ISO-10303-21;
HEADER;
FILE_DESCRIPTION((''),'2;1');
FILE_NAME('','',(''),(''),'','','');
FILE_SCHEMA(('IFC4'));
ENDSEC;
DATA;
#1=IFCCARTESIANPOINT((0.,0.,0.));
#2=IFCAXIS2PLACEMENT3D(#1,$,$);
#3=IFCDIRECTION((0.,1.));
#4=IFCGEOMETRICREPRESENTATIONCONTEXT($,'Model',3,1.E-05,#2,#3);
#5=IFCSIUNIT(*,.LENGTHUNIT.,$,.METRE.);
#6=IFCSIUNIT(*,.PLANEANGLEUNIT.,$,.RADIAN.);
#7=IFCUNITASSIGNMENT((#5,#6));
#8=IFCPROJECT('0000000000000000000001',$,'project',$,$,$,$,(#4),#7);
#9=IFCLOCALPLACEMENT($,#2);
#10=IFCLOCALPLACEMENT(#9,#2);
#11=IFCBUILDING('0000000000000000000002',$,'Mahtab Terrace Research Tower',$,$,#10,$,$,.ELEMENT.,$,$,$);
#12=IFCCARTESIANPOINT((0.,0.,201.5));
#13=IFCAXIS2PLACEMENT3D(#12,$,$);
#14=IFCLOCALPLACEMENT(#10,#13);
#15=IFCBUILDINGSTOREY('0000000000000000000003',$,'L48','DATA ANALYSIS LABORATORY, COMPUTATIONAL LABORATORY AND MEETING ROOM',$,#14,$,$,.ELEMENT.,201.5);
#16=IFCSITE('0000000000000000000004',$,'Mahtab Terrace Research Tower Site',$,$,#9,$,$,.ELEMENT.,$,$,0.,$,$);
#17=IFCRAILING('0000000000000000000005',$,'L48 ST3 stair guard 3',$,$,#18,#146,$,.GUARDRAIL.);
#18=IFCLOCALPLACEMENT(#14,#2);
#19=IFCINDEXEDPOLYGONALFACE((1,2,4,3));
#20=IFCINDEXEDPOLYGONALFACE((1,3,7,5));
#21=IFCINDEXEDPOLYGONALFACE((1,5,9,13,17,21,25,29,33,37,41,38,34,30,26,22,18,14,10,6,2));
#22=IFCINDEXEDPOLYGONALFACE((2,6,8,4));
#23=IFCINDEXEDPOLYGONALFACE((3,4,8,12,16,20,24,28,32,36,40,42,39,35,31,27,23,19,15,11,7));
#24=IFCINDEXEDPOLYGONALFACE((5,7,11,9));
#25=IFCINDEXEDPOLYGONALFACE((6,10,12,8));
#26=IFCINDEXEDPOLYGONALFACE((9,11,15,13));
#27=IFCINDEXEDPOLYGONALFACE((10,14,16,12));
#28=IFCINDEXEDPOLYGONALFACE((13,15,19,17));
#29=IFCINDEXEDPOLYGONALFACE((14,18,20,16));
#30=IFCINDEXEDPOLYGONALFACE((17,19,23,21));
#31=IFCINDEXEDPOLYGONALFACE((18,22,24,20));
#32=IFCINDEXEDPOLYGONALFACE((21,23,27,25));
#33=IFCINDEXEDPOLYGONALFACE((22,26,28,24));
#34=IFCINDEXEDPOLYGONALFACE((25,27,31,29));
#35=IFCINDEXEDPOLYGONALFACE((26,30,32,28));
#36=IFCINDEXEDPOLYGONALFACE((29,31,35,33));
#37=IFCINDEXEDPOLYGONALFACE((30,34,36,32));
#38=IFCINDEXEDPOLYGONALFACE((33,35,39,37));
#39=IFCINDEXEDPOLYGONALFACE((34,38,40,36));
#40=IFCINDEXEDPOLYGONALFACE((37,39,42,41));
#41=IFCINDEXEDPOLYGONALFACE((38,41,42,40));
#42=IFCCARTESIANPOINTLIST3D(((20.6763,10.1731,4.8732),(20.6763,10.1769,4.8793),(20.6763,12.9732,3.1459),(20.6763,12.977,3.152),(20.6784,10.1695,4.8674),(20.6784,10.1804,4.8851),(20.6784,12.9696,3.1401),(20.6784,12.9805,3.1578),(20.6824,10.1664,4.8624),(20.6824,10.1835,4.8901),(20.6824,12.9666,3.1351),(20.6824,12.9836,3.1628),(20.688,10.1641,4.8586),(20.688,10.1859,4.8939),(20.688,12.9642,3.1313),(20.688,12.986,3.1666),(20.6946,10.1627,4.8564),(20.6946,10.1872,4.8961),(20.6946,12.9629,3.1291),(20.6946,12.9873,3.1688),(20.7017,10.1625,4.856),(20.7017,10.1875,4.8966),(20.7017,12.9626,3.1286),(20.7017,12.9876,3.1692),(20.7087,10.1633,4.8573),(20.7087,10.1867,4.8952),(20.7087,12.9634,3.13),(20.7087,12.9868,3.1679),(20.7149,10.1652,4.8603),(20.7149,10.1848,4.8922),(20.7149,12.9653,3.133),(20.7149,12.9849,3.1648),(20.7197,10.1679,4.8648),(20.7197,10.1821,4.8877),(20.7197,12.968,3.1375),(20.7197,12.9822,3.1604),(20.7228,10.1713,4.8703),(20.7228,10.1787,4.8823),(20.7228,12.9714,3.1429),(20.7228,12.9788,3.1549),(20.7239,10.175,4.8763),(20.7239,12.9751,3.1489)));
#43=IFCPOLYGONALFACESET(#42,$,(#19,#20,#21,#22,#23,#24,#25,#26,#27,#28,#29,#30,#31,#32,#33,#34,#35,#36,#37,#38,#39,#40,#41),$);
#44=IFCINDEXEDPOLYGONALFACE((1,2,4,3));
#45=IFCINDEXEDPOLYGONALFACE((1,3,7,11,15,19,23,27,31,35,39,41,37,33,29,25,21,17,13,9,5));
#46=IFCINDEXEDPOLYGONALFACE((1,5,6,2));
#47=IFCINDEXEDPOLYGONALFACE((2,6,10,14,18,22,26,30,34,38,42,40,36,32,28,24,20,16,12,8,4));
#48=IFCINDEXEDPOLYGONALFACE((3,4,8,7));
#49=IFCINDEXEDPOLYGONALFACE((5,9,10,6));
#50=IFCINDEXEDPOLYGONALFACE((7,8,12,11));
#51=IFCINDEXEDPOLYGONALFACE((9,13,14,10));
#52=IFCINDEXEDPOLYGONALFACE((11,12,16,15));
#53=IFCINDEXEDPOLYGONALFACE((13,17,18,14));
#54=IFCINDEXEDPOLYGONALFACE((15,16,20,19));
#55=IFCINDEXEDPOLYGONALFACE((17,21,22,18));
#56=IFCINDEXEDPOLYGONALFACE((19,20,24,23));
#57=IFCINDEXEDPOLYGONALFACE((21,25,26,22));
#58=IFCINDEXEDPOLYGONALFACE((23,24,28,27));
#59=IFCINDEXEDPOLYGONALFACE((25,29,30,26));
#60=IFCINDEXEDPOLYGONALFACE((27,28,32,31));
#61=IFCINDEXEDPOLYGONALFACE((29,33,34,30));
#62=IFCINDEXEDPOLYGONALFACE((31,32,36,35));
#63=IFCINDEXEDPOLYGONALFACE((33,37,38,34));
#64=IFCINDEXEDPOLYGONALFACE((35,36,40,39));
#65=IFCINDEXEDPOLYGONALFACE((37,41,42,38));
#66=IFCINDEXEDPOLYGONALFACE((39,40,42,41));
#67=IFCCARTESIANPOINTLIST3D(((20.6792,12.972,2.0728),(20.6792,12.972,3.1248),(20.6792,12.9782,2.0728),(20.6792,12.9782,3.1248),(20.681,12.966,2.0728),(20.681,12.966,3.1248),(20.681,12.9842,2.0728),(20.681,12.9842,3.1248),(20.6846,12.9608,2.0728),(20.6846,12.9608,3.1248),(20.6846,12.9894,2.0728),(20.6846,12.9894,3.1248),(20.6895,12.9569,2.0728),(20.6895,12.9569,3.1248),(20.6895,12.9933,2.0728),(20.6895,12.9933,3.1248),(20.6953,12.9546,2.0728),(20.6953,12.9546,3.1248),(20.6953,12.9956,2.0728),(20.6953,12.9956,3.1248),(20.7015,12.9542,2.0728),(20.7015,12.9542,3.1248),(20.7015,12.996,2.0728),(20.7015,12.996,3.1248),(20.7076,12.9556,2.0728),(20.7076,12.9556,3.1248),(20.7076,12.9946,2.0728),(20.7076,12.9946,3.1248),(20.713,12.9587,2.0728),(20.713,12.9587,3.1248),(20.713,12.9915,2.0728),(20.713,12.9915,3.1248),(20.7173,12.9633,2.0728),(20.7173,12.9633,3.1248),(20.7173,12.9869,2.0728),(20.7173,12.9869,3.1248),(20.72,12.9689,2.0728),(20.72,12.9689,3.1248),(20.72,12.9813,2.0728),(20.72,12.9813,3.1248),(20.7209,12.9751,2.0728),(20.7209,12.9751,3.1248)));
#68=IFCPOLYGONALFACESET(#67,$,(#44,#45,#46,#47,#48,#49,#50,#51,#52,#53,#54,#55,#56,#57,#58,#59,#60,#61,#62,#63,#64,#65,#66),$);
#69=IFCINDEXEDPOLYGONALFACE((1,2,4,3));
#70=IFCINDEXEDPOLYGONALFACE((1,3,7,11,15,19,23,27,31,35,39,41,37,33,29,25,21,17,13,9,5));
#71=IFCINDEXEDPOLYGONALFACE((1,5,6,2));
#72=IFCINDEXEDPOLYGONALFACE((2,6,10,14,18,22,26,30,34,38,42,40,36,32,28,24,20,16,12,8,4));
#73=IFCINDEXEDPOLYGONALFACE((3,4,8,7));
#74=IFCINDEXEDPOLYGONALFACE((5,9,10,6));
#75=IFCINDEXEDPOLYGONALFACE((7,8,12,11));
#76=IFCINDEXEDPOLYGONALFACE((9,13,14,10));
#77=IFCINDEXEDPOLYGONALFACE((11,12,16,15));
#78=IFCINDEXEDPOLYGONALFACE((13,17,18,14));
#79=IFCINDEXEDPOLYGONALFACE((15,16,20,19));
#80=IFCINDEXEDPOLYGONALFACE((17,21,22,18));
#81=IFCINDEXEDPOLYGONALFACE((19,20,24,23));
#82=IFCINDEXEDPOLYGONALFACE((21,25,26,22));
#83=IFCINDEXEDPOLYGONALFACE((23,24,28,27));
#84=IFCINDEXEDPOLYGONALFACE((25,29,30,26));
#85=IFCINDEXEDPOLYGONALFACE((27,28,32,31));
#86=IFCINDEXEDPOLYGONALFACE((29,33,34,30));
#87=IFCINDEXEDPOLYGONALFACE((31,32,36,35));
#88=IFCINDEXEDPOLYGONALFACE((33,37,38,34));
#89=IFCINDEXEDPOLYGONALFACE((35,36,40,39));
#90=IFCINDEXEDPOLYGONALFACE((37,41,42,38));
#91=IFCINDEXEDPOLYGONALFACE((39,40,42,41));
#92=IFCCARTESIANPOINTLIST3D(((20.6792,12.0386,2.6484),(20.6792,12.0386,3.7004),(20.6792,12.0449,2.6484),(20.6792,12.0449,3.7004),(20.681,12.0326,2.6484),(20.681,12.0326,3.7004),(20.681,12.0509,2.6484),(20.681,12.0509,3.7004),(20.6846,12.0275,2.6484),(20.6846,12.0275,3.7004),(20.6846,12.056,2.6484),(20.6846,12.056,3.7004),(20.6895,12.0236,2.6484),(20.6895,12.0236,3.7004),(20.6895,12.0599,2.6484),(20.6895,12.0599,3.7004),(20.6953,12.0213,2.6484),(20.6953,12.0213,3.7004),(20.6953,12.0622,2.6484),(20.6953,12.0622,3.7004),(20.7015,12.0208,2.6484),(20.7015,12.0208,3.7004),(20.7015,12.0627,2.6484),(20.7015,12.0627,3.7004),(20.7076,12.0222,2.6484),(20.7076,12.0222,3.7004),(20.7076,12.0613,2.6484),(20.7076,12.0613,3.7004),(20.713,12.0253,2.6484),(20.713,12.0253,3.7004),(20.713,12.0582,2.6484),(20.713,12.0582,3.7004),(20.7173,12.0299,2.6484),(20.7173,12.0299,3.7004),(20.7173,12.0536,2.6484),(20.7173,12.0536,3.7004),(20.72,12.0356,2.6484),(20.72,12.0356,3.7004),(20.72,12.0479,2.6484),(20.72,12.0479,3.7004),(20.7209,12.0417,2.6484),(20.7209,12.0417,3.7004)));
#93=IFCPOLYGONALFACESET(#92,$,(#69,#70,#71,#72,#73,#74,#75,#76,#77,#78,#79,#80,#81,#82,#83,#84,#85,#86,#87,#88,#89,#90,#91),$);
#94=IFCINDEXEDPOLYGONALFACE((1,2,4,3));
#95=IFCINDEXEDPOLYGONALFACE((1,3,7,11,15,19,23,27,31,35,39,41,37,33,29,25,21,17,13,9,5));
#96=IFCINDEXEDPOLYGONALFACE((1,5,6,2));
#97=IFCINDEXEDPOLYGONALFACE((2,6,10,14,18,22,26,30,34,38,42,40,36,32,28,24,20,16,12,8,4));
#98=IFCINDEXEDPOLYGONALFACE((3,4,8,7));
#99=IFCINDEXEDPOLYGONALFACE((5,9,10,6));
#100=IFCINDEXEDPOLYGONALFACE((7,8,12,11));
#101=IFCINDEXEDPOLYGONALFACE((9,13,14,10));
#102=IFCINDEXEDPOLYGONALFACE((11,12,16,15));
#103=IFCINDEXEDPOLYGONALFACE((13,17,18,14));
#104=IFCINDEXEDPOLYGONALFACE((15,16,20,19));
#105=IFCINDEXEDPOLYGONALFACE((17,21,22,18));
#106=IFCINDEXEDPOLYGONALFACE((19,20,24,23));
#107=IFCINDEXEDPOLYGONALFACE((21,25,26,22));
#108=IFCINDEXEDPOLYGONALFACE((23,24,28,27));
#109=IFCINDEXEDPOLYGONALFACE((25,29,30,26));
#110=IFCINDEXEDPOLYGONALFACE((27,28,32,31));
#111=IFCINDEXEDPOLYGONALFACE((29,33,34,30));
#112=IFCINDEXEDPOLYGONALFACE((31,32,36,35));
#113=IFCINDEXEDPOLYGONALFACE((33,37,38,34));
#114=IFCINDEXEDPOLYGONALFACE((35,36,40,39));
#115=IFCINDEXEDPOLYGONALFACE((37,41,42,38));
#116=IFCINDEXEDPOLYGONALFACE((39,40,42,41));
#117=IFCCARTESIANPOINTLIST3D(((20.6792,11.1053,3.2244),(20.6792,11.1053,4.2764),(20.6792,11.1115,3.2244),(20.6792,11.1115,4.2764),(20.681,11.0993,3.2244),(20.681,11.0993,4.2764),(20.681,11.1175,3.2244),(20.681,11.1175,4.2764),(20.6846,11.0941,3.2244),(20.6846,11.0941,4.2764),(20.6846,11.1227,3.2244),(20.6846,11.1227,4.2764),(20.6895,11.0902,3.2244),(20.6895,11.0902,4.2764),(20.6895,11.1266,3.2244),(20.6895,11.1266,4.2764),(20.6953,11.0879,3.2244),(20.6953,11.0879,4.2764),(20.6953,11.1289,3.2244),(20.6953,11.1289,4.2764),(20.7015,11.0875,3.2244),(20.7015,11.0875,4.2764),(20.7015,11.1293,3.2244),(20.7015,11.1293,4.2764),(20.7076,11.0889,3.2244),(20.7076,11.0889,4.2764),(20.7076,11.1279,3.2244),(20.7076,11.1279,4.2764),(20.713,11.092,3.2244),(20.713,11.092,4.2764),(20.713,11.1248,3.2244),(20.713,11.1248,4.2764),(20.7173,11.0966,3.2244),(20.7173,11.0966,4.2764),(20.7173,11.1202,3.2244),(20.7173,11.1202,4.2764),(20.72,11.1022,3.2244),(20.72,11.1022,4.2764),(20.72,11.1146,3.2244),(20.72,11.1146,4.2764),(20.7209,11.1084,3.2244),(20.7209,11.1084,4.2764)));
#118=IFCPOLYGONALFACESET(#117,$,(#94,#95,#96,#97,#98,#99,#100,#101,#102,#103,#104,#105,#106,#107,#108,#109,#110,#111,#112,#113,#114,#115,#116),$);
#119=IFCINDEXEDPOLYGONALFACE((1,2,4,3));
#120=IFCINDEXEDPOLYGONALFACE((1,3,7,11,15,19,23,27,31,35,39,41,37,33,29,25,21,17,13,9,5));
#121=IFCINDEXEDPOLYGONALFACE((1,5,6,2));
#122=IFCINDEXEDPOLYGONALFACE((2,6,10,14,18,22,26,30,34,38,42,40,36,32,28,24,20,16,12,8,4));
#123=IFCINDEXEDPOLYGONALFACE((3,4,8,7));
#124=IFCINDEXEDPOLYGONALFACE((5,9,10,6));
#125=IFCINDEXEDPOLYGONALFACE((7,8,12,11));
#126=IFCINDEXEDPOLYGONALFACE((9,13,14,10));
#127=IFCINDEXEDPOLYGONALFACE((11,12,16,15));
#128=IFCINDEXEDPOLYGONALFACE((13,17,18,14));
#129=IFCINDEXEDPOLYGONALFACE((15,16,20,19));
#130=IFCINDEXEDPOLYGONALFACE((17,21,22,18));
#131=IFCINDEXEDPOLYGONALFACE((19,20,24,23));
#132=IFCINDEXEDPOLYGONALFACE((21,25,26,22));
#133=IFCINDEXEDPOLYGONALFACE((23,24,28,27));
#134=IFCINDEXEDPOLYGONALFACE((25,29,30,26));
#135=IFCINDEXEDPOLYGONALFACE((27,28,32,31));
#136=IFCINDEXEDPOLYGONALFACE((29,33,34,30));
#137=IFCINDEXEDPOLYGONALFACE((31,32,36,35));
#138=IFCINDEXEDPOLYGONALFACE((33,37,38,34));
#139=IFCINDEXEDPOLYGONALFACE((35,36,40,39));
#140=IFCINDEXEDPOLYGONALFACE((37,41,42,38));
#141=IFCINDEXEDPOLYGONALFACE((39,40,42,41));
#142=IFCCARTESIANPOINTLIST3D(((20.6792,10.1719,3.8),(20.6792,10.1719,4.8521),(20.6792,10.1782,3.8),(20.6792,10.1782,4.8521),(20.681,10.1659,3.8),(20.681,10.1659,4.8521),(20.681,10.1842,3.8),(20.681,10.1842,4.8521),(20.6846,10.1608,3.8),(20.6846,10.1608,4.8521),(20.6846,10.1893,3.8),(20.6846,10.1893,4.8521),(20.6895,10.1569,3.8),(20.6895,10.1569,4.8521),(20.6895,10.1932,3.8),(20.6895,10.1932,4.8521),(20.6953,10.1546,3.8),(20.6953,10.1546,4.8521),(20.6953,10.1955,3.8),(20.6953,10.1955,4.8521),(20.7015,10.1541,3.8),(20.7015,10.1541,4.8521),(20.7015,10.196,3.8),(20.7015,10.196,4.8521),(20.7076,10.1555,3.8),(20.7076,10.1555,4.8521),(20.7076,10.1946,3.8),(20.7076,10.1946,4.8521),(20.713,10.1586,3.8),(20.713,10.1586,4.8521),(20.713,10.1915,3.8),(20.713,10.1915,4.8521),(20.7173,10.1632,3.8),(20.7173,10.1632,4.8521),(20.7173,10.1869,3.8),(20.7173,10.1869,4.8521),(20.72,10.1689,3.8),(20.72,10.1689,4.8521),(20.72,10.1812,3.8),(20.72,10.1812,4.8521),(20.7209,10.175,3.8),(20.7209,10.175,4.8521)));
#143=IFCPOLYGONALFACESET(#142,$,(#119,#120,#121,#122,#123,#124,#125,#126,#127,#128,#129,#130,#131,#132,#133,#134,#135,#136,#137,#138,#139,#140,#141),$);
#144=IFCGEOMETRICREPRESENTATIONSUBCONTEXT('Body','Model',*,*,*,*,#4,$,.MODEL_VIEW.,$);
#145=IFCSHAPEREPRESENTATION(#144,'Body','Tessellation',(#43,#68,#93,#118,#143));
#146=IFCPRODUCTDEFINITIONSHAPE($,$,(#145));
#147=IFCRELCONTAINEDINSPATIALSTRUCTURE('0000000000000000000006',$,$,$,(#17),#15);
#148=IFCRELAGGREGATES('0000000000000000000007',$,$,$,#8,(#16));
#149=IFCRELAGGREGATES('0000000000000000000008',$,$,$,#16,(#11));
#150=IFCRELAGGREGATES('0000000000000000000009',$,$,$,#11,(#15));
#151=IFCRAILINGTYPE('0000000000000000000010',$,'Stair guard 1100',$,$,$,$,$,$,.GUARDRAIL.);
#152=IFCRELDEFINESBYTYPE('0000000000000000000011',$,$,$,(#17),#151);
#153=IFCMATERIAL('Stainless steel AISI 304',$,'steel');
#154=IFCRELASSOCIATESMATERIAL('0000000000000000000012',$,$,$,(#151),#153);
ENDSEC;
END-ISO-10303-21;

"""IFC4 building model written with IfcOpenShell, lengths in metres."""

from ifc_helpers import new_model, si_unit, direction, frame, origin, origin_2d, place, context, subcontext, project, spatial, circle, extrude, material, type_object, element, save


model = new_model("IFC4")

# Units and contexts
model_context = context("Model", 3, precision=1e-05, world=origin(), true_north=direction((0.0, 1.0)))
body_context = subcontext(model_context, "Body", "Model", "MODEL_VIEW")
ifc_project = project(units=[si_unit("LENGTHUNIT", "METRE"), si_unit("PLANEANGLEUNIT", "RADIAN")], contexts=[model_context])

# Site, building, storey
site_placement = place(None, origin())
site = spatial("IfcSite", under=ifc_project, at=site_placement, Name="Mahtab Terrace Research Tower Site", CompositionType="ELEMENT", RefElevation=0.0)
building_placement = place(site_placement, origin())
building = spatial("IfcBuilding", under=site, at=building_placement, Name="Mahtab Terrace Research Tower", CompositionType="ELEMENT")
storey_placement = place(building_placement, frame((0.0, 0.0, 201.5)))
storey = spatial("IfcBuildingStorey", under=building, at=storey_placement, Name="L48", Description="DATA ANALYSIS LABORATORY, COMPUTATIONAL LABORATORY AND MEETING ROOM", CompositionType="ELEMENT", Elevation=201.5)

# Railing
ifc_material_1 = material(Name="Stainless steel AISI 304", Category="steel")
railing_type_1 = type_object("IfcRailingType", Name="Stair guard 1100", PredefinedType="GUARDRAIL", material=ifc_material_1)
railing_1_placement = place(storey_placement, frame((20.7, 12.9751, 2.0728)))
element("IfcRailing", 1, at=railing_1_placement, inside=storey, type_object=railing_type_1, Name="L48 ST3 stair guard 3", PredefinedType="GUARDRAIL", context=body_context, shape_type="SweptSolid", body=[
    extrude(circle(Radius=0.0239, at=origin_2d()), frame((0.0, 0.0, 1.0762), z_axis=(0.0, -0.85109, 0.52502), x_axis=(1.0, 0.0, 0.0)), (0.0, 0.0, 1.0), 3.29),
    extrude(circle(Radius=0.021, at=origin_2d()), origin(), (0.0, 0.0, 1.0), 1.052),
    extrude(circle(Radius=0.021, at=origin_2d()), frame((0.0, -0.9333, 0.5757)), (0.0, 0.0, 1.0), 1.052),
    extrude(circle(Radius=0.021, at=origin_2d()), frame((0.0, -1.8667, 1.1516)), (0.0, 0.0, 1.0), 1.052),
    extrude(circle(Radius=0.021, at=origin_2d()), frame((0.0, -2.8, 1.7273)), (0.0, 0.0, 1.0), 1.052),
])

save(model, "model.ifc")
